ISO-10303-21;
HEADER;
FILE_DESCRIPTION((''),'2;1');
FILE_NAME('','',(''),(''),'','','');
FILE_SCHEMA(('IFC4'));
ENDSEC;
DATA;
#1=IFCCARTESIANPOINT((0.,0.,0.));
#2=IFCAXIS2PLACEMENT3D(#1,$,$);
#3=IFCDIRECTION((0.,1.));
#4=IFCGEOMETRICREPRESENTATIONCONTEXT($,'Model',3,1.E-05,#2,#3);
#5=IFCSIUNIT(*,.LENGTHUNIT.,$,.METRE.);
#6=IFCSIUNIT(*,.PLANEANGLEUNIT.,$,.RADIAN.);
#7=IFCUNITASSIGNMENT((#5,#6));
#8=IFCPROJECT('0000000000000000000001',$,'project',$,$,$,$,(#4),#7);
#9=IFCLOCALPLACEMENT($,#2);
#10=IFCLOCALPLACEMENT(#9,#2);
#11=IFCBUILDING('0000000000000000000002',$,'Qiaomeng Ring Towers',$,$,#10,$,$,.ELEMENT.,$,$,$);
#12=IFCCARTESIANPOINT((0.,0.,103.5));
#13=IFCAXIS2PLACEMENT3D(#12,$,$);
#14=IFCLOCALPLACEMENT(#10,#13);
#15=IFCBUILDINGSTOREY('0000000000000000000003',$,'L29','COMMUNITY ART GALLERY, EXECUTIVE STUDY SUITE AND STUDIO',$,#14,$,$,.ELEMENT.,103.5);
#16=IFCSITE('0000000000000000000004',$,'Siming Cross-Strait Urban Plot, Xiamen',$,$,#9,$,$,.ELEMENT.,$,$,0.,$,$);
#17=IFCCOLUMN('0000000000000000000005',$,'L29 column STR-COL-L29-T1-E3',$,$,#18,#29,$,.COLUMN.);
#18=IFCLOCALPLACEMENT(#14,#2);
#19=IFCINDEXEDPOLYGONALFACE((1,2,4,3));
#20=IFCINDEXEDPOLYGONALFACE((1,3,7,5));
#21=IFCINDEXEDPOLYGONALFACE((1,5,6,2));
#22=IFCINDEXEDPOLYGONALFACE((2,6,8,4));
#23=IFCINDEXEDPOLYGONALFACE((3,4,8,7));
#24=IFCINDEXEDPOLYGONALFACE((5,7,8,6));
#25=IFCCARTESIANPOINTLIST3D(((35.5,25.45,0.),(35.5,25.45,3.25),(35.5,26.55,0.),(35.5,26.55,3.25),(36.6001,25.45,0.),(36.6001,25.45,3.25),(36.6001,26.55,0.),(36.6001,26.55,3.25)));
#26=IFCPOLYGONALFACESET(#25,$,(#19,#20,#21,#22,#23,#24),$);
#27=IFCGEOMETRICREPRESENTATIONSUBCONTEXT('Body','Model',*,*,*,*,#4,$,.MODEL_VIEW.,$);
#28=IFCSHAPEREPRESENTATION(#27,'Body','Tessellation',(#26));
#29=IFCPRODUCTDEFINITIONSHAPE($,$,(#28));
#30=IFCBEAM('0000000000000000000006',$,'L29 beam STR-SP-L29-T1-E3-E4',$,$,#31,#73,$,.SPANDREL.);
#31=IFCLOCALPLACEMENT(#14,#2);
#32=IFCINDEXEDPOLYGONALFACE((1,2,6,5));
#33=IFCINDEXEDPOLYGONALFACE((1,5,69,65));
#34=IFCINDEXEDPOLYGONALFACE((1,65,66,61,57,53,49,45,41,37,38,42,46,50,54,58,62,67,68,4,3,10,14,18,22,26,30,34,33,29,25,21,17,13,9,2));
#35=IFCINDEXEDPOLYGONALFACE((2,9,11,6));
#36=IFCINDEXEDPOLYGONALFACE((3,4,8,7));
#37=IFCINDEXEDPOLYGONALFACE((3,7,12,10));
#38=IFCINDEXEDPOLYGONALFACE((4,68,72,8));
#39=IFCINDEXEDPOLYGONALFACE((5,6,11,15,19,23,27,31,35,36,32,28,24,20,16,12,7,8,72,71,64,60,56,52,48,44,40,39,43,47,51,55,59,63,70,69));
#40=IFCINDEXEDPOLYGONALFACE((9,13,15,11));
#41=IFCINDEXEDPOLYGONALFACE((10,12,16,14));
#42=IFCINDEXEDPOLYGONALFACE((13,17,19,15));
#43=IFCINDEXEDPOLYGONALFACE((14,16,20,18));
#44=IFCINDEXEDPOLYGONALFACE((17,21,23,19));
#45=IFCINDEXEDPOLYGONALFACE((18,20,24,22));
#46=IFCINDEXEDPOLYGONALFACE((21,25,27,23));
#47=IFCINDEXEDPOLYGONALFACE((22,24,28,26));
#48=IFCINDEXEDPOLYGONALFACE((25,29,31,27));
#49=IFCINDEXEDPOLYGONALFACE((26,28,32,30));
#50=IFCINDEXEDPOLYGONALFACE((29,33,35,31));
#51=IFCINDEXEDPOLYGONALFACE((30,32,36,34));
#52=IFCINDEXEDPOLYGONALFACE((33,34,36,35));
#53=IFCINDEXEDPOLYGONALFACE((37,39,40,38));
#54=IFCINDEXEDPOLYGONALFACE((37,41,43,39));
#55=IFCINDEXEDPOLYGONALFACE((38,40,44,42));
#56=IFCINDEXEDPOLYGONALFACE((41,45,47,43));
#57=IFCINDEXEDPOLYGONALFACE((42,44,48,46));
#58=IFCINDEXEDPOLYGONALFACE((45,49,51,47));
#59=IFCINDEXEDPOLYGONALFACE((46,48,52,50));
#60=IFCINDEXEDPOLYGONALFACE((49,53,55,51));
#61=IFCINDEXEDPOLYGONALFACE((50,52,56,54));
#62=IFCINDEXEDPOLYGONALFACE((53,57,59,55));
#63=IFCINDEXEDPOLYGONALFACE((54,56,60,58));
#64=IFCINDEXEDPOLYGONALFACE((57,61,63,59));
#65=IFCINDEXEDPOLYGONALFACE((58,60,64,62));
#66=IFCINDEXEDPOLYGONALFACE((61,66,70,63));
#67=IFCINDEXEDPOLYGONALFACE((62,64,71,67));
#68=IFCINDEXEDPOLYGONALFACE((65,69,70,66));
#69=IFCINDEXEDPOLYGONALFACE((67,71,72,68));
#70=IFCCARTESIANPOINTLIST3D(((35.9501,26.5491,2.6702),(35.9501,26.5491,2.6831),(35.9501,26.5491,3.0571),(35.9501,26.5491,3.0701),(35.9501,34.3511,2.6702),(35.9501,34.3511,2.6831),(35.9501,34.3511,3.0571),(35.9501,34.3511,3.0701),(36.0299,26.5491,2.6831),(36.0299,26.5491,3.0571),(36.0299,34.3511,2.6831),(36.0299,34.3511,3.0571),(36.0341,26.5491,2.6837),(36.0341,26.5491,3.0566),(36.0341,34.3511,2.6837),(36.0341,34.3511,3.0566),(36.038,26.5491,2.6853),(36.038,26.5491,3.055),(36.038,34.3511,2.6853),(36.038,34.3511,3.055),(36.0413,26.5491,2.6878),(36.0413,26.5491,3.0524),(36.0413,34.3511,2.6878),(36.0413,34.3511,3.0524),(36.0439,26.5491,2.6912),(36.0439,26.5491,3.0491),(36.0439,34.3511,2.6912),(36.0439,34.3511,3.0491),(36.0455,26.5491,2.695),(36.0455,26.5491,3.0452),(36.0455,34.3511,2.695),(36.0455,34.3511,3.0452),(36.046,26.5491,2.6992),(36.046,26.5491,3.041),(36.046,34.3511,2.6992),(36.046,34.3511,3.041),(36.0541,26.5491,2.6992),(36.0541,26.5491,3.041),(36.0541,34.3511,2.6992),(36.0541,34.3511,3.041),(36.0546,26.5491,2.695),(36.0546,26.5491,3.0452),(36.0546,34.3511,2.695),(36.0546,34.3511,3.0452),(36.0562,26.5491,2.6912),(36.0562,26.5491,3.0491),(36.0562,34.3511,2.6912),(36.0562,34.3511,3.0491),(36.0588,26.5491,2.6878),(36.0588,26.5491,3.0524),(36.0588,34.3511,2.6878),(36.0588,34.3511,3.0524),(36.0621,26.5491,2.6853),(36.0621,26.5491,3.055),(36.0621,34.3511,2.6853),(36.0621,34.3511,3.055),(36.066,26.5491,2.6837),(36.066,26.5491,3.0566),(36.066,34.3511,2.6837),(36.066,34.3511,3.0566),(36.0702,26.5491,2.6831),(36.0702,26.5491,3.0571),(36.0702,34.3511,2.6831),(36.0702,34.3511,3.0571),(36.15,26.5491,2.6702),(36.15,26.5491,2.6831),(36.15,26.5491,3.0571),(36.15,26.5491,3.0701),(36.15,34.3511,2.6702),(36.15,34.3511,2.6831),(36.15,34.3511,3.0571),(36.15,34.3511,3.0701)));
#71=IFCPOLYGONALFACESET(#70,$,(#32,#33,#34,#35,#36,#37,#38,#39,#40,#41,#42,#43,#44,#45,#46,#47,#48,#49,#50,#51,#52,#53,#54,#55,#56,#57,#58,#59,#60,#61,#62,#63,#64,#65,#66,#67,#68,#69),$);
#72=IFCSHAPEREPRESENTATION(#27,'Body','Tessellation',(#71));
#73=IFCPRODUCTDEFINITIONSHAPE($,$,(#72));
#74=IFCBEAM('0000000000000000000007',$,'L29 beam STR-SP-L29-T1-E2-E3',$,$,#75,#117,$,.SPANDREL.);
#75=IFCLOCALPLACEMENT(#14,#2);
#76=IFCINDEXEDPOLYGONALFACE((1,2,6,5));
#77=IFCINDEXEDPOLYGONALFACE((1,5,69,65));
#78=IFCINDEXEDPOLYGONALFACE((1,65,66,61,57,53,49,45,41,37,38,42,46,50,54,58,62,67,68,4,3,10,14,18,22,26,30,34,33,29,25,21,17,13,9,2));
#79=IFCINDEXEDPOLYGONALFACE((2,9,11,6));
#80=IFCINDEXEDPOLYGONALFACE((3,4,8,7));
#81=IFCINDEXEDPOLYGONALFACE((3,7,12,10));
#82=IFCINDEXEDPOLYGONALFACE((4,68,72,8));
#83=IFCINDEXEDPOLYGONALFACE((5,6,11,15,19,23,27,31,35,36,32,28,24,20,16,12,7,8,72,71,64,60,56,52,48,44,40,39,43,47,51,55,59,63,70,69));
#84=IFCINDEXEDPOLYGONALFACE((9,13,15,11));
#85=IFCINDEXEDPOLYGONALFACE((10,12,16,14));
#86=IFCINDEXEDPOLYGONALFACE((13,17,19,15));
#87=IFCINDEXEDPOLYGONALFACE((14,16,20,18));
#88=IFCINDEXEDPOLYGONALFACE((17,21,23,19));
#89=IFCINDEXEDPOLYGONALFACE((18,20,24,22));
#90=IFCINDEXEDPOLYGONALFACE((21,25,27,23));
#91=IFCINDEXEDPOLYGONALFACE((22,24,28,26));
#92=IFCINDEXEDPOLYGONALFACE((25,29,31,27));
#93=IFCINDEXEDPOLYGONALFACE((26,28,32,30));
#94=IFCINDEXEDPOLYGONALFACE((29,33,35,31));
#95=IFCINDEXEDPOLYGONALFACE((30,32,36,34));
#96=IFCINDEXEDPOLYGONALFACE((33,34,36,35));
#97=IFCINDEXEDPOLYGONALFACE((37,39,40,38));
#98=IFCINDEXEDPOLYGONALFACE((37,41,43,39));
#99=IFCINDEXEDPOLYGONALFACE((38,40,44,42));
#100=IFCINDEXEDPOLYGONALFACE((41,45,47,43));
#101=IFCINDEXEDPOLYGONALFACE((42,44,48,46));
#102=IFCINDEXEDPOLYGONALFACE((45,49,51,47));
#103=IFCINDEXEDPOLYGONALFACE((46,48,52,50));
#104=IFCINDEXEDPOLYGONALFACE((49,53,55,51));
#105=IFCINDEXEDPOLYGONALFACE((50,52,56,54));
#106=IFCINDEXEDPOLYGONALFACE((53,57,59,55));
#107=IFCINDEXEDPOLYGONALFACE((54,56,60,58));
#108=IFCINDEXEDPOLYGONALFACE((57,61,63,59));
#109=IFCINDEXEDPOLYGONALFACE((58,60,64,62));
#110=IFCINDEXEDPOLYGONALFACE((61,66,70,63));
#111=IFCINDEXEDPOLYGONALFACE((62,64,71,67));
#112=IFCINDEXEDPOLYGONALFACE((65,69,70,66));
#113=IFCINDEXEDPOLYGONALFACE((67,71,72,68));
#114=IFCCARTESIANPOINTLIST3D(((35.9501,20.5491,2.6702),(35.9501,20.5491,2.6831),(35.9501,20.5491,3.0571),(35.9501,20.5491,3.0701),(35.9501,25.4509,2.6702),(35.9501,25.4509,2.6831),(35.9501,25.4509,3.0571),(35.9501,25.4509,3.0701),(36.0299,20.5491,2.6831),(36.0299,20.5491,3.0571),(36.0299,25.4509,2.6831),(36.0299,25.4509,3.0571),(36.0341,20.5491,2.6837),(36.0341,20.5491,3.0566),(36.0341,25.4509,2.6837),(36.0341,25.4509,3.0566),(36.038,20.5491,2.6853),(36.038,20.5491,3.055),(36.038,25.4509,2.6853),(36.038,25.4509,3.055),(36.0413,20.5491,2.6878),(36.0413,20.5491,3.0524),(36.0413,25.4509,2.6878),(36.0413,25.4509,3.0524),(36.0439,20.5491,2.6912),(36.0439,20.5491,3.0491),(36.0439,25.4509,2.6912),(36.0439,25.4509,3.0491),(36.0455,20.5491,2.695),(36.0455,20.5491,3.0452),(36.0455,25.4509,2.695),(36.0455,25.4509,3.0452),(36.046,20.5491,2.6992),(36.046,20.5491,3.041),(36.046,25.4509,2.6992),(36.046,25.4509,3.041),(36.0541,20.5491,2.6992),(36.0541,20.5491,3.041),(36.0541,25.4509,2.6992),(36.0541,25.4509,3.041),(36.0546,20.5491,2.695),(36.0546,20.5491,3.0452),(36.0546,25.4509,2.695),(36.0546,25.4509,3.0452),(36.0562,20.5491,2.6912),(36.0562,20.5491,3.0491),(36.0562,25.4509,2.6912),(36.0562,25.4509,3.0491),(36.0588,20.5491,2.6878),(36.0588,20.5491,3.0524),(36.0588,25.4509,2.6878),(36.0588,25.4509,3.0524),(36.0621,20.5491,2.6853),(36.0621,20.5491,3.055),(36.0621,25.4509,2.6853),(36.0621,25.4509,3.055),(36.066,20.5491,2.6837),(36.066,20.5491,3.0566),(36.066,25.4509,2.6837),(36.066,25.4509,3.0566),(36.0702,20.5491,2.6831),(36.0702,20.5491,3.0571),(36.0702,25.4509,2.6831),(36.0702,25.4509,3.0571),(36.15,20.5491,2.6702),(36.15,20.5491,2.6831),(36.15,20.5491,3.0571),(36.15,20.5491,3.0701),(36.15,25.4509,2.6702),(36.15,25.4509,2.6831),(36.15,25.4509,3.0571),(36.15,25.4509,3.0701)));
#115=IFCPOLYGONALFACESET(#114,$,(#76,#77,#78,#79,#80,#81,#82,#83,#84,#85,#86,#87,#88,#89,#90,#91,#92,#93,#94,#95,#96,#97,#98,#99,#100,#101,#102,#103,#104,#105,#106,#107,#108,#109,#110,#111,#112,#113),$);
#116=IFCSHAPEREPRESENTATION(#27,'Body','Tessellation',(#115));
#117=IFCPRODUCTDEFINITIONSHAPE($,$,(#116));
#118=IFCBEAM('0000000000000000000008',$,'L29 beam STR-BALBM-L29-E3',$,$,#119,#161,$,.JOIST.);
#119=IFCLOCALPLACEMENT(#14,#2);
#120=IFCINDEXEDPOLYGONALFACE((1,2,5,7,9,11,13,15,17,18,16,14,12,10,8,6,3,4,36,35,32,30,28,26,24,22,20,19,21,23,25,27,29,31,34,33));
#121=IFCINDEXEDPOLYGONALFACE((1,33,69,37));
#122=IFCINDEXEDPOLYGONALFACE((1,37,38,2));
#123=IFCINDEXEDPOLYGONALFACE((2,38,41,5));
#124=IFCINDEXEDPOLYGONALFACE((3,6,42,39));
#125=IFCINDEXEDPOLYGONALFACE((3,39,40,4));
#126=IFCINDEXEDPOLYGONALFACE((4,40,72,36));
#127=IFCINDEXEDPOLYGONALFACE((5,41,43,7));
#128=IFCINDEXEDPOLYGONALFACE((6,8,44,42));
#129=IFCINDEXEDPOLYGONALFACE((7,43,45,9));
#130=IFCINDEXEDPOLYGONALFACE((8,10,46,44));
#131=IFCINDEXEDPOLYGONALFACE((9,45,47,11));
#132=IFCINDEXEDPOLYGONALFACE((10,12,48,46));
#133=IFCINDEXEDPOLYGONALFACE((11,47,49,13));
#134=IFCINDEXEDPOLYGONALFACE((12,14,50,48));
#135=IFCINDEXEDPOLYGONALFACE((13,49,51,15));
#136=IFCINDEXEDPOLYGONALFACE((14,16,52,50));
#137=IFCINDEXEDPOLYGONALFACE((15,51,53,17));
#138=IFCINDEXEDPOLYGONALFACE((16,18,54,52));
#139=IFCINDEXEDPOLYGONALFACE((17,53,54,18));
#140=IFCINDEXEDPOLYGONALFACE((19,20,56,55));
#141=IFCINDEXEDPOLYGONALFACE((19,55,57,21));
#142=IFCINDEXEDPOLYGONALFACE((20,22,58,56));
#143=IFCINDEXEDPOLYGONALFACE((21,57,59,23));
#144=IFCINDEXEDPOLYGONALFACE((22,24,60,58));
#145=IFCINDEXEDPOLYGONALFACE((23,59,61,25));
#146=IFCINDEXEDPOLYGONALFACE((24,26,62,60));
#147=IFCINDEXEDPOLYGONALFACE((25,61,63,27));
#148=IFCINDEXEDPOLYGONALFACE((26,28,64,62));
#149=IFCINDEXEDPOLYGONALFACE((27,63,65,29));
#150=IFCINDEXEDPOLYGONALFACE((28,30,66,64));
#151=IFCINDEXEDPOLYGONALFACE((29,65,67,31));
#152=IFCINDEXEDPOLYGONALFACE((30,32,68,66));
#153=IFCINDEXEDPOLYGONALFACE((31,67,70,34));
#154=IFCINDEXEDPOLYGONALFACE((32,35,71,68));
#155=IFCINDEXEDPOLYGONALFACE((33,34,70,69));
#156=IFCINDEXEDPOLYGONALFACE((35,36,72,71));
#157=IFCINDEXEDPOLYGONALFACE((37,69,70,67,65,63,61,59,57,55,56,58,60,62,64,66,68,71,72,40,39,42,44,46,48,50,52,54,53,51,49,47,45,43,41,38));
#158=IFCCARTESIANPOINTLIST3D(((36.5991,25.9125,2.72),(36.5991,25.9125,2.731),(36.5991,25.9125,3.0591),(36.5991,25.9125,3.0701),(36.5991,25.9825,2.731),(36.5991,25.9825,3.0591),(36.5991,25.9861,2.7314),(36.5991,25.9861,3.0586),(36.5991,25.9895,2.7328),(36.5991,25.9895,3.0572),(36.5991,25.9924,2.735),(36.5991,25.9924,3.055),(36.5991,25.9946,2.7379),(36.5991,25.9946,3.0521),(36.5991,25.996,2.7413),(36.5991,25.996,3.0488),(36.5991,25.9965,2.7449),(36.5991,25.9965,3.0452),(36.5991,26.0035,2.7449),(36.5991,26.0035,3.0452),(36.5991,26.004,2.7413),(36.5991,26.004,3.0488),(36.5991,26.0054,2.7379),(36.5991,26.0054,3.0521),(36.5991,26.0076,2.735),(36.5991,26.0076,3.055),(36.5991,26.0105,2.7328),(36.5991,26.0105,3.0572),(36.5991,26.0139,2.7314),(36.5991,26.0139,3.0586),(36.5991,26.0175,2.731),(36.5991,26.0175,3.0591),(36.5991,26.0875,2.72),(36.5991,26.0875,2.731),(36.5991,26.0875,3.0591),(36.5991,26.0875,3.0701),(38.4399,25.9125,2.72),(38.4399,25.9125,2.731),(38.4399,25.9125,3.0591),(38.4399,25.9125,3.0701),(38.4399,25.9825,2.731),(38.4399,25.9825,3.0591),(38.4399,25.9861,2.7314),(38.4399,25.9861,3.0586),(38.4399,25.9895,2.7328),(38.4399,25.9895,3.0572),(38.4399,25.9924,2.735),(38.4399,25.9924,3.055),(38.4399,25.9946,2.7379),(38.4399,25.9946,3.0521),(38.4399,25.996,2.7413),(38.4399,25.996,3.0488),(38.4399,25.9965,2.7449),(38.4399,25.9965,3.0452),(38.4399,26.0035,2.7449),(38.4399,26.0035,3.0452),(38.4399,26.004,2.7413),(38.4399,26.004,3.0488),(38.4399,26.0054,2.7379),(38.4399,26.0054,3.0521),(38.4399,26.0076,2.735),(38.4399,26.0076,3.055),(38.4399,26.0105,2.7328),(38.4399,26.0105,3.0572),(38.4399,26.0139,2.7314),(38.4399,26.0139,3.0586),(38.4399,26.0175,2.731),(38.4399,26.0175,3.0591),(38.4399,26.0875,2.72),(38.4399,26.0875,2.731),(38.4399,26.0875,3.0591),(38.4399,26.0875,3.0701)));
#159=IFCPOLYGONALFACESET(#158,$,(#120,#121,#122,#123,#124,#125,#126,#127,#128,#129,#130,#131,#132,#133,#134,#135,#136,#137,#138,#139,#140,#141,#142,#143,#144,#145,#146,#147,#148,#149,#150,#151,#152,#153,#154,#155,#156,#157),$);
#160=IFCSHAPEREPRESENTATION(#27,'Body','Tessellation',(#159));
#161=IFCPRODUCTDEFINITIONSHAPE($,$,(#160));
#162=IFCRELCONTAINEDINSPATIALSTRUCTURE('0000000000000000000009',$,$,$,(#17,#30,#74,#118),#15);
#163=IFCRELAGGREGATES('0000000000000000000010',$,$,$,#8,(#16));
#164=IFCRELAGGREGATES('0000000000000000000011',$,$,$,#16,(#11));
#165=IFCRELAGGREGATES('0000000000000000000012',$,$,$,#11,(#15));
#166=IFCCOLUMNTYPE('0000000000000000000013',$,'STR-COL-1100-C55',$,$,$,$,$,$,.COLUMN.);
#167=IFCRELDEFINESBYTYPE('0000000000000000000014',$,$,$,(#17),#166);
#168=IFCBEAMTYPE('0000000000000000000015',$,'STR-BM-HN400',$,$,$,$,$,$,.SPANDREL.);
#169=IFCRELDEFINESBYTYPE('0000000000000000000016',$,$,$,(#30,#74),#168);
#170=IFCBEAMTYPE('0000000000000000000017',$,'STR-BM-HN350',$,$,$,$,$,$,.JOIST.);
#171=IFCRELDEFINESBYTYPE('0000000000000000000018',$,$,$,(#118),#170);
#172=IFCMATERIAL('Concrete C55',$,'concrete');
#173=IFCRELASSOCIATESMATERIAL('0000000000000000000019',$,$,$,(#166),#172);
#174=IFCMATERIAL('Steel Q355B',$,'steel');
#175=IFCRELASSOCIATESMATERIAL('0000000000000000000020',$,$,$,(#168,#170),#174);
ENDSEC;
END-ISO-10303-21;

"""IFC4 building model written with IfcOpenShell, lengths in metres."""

from ifc_helpers import new_model, si_unit, direction, frame, origin, origin_2d, place, context, subcontext, project, spatial, rectangle, i_section, extrude, source, transform, mapped, material, material_profile, profile_set, type_object, element, save


model = new_model("IFC4")

# Units and contexts
model_context = context("Model", 3, precision=1e-05, world=origin(), true_north=direction((0.0, 1.0)))
body_context = subcontext(model_context, "Body", "Model", "MODEL_VIEW")
ifc_project = project(units=[si_unit("LENGTHUNIT", "METRE"), si_unit("PLANEANGLEUNIT", "RADIAN")], contexts=[model_context])

# Site, building, storey
site_placement = place(None, origin())
site = spatial("IfcSite", under=ifc_project, at=site_placement, Name="Siming Cross-Strait Urban Plot, Xiamen", CompositionType="ELEMENT", RefElevation=0.0)
building_placement = place(site_placement, origin())
building = spatial("IfcBuilding", under=site, at=building_placement, Name="Qiaomeng Ring Towers", CompositionType="ELEMENT")
storey_placement = place(building_placement, frame((0.0, 0.0, 103.5)))
storey = spatial("IfcBuildingStorey", under=building, at=storey_placement, Name="L29", Description="COMMUNITY ART GALLERY, EXECUTIVE STUDY SUITE AND STUDIO", CompositionType="ELEMENT", Elevation=103.5)

# Column
ifc_material_1 = material(Name="Concrete C55", Category="concrete")
ifc_material_profile_1 = material_profile(ifc_material_1, rectangle(XDim=1.1001, YDim=1.1001, at=origin_2d()), Name="RC COL 1100x1100")
ifc_profile_set_1 = profile_set([ifc_material_profile_1], Name="Concrete C55")
column_type = type_object("IfcColumnType", Name="STR-COL-1100-C55", PredefinedType="COLUMN", material=ifc_profile_set_1)
shared_shape_1 = source(origin(), body_context, "Body", "SweptSolid", [
    extrude(rectangle(XDim=1.1001, YDim=1.1001, at=origin_2d()), origin(), (0.0, 0.0, 1.0), 3.25),
])
column_placement = place(storey_placement, frame((36.05, 26.0, 0.0), z_axis=(0.0, 0.0, 1.0), x_axis=(1.0, 0.0, 0.0)))
element("IfcColumn", 1, at=column_placement, inside=storey, type_object=column_type, Name="L29 column STR-COL-L29-T1-E3", PredefinedType="COLUMN", context=body_context, shape_type="MappedRepresentation", body=[
    mapped(shared_shape_1, transform((0.0, 0.0, 0.0), x_axis=(1.0, 0.0, 0.0), y_axis=(0.0, 1.0, 0.0), z_axis=(0.0, 0.0, 1.0), scale=1.0)),
])

# Beams
ifc_material_2 = material(Name="Steel Q355B", Category="steel")
ifc_material_profile_2 = material_profile(ifc_material_2, i_section(OverallWidth=0.2, OverallDepth=0.3999, WebThickness=0.0081, FlangeThickness=0.0129, FilletRadius=0.0161, at=origin_2d()), Name="HN 400x200x8x13")
ifc_profile_set_2 = profile_set([ifc_material_profile_2], Name="Steel Q355B")
beam_type_1 = type_object("IfcBeamType", Name="STR-BM-HN400", PredefinedType="SPANDREL", material=ifc_profile_set_2)
shared_shape_2 = source(origin(), body_context, "Body", "SweptSolid", [
    extrude(i_section(OverallWidth=0.2, OverallDepth=0.3999, WebThickness=0.0081, FlangeThickness=0.0129, FilletRadius=0.0161, at=origin_2d()), origin(), (0.0, 0.0, 1.0), 7.802),
])
beam_1_placement = place(storey_placement, frame((36.05, 26.5491, 2.8701), z_axis=(0.0, 1.0, 0.0), x_axis=(-1.0, 0.0, 0.0)))
element("IfcBeam", 2, at=beam_1_placement, inside=storey, type_object=beam_type_1, Name="L29 beam STR-SP-L29-T1-E3-E4", PredefinedType="SPANDREL", context=body_context, shape_type="MappedRepresentation", body=[
    mapped(shared_shape_2, transform((0.0, 0.0, 0.0), x_axis=(1.0, 0.0, 0.0), y_axis=(0.0, 1.0, 0.0), z_axis=(0.0, 0.0, 1.0), scale=1.0)),
])
shared_shape_3 = source(origin(), body_context, "Body", "SweptSolid", [
    extrude(i_section(OverallWidth=0.2, OverallDepth=0.3999, WebThickness=0.0081, FlangeThickness=0.0129, FilletRadius=0.0161, at=origin_2d()), origin(), (0.0, 0.0, 1.0), 4.9019),
])
beam_2_placement = place(storey_placement, frame((36.05, 20.5491, 2.8701), z_axis=(0.0, 1.0, 0.0), x_axis=(-1.0, 0.0, 0.0)))
element("IfcBeam", 3, at=beam_2_placement, inside=storey, type_object=beam_type_1, Name="L29 beam STR-SP-L29-T1-E2-E3", PredefinedType="SPANDREL", context=body_context, shape_type="MappedRepresentation", body=[
    mapped(shared_shape_3, transform((0.0, 0.0, 0.0), x_axis=(1.0, 0.0, 0.0), y_axis=(0.0, 1.0, 0.0), z_axis=(0.0, 0.0, 1.0), scale=1.0)),
])
ifc_material_profile_3 = material_profile(ifc_material_2, i_section(OverallWidth=0.175, OverallDepth=0.3501, WebThickness=0.0071, FlangeThickness=0.011, FilletRadius=0.0139, at=origin_2d()), Name="HN 350x175x7x11")
ifc_profile_set_3 = profile_set([ifc_material_profile_3], Name="Steel Q355B")
beam_type_2 = type_object("IfcBeamType", Name="STR-BM-HN350", PredefinedType="JOIST", material=ifc_profile_set_3)
shared_shape_4 = source(origin(), body_context, "Body", "SweptSolid", [
    extrude(i_section(OverallWidth=0.175, OverallDepth=0.3501, WebThickness=0.0071, FlangeThickness=0.011, FilletRadius=0.0139, at=origin_2d()), origin(), (0.0, 0.0, 1.0), 1.8408),
])
beam_3_placement = place(storey_placement, frame((36.5991, 26.0, 2.895), z_axis=(1.0, 0.0, 0.0), x_axis=(0.0, 1.0, 0.0)))
element("IfcBeam", 4, at=beam_3_placement, inside=storey, type_object=beam_type_2, Name="L29 beam STR-BALBM-L29-E3", PredefinedType="JOIST", context=body_context, shape_type="MappedRepresentation", body=[
    mapped(shared_shape_4, transform((0.0, 0.0, 0.0), x_axis=(1.0, 0.0, 0.0), y_axis=(0.0, 1.0, 0.0), z_axis=(0.0, 0.0, 1.0), scale=1.0)),
])

save(model, "model.ifc")
